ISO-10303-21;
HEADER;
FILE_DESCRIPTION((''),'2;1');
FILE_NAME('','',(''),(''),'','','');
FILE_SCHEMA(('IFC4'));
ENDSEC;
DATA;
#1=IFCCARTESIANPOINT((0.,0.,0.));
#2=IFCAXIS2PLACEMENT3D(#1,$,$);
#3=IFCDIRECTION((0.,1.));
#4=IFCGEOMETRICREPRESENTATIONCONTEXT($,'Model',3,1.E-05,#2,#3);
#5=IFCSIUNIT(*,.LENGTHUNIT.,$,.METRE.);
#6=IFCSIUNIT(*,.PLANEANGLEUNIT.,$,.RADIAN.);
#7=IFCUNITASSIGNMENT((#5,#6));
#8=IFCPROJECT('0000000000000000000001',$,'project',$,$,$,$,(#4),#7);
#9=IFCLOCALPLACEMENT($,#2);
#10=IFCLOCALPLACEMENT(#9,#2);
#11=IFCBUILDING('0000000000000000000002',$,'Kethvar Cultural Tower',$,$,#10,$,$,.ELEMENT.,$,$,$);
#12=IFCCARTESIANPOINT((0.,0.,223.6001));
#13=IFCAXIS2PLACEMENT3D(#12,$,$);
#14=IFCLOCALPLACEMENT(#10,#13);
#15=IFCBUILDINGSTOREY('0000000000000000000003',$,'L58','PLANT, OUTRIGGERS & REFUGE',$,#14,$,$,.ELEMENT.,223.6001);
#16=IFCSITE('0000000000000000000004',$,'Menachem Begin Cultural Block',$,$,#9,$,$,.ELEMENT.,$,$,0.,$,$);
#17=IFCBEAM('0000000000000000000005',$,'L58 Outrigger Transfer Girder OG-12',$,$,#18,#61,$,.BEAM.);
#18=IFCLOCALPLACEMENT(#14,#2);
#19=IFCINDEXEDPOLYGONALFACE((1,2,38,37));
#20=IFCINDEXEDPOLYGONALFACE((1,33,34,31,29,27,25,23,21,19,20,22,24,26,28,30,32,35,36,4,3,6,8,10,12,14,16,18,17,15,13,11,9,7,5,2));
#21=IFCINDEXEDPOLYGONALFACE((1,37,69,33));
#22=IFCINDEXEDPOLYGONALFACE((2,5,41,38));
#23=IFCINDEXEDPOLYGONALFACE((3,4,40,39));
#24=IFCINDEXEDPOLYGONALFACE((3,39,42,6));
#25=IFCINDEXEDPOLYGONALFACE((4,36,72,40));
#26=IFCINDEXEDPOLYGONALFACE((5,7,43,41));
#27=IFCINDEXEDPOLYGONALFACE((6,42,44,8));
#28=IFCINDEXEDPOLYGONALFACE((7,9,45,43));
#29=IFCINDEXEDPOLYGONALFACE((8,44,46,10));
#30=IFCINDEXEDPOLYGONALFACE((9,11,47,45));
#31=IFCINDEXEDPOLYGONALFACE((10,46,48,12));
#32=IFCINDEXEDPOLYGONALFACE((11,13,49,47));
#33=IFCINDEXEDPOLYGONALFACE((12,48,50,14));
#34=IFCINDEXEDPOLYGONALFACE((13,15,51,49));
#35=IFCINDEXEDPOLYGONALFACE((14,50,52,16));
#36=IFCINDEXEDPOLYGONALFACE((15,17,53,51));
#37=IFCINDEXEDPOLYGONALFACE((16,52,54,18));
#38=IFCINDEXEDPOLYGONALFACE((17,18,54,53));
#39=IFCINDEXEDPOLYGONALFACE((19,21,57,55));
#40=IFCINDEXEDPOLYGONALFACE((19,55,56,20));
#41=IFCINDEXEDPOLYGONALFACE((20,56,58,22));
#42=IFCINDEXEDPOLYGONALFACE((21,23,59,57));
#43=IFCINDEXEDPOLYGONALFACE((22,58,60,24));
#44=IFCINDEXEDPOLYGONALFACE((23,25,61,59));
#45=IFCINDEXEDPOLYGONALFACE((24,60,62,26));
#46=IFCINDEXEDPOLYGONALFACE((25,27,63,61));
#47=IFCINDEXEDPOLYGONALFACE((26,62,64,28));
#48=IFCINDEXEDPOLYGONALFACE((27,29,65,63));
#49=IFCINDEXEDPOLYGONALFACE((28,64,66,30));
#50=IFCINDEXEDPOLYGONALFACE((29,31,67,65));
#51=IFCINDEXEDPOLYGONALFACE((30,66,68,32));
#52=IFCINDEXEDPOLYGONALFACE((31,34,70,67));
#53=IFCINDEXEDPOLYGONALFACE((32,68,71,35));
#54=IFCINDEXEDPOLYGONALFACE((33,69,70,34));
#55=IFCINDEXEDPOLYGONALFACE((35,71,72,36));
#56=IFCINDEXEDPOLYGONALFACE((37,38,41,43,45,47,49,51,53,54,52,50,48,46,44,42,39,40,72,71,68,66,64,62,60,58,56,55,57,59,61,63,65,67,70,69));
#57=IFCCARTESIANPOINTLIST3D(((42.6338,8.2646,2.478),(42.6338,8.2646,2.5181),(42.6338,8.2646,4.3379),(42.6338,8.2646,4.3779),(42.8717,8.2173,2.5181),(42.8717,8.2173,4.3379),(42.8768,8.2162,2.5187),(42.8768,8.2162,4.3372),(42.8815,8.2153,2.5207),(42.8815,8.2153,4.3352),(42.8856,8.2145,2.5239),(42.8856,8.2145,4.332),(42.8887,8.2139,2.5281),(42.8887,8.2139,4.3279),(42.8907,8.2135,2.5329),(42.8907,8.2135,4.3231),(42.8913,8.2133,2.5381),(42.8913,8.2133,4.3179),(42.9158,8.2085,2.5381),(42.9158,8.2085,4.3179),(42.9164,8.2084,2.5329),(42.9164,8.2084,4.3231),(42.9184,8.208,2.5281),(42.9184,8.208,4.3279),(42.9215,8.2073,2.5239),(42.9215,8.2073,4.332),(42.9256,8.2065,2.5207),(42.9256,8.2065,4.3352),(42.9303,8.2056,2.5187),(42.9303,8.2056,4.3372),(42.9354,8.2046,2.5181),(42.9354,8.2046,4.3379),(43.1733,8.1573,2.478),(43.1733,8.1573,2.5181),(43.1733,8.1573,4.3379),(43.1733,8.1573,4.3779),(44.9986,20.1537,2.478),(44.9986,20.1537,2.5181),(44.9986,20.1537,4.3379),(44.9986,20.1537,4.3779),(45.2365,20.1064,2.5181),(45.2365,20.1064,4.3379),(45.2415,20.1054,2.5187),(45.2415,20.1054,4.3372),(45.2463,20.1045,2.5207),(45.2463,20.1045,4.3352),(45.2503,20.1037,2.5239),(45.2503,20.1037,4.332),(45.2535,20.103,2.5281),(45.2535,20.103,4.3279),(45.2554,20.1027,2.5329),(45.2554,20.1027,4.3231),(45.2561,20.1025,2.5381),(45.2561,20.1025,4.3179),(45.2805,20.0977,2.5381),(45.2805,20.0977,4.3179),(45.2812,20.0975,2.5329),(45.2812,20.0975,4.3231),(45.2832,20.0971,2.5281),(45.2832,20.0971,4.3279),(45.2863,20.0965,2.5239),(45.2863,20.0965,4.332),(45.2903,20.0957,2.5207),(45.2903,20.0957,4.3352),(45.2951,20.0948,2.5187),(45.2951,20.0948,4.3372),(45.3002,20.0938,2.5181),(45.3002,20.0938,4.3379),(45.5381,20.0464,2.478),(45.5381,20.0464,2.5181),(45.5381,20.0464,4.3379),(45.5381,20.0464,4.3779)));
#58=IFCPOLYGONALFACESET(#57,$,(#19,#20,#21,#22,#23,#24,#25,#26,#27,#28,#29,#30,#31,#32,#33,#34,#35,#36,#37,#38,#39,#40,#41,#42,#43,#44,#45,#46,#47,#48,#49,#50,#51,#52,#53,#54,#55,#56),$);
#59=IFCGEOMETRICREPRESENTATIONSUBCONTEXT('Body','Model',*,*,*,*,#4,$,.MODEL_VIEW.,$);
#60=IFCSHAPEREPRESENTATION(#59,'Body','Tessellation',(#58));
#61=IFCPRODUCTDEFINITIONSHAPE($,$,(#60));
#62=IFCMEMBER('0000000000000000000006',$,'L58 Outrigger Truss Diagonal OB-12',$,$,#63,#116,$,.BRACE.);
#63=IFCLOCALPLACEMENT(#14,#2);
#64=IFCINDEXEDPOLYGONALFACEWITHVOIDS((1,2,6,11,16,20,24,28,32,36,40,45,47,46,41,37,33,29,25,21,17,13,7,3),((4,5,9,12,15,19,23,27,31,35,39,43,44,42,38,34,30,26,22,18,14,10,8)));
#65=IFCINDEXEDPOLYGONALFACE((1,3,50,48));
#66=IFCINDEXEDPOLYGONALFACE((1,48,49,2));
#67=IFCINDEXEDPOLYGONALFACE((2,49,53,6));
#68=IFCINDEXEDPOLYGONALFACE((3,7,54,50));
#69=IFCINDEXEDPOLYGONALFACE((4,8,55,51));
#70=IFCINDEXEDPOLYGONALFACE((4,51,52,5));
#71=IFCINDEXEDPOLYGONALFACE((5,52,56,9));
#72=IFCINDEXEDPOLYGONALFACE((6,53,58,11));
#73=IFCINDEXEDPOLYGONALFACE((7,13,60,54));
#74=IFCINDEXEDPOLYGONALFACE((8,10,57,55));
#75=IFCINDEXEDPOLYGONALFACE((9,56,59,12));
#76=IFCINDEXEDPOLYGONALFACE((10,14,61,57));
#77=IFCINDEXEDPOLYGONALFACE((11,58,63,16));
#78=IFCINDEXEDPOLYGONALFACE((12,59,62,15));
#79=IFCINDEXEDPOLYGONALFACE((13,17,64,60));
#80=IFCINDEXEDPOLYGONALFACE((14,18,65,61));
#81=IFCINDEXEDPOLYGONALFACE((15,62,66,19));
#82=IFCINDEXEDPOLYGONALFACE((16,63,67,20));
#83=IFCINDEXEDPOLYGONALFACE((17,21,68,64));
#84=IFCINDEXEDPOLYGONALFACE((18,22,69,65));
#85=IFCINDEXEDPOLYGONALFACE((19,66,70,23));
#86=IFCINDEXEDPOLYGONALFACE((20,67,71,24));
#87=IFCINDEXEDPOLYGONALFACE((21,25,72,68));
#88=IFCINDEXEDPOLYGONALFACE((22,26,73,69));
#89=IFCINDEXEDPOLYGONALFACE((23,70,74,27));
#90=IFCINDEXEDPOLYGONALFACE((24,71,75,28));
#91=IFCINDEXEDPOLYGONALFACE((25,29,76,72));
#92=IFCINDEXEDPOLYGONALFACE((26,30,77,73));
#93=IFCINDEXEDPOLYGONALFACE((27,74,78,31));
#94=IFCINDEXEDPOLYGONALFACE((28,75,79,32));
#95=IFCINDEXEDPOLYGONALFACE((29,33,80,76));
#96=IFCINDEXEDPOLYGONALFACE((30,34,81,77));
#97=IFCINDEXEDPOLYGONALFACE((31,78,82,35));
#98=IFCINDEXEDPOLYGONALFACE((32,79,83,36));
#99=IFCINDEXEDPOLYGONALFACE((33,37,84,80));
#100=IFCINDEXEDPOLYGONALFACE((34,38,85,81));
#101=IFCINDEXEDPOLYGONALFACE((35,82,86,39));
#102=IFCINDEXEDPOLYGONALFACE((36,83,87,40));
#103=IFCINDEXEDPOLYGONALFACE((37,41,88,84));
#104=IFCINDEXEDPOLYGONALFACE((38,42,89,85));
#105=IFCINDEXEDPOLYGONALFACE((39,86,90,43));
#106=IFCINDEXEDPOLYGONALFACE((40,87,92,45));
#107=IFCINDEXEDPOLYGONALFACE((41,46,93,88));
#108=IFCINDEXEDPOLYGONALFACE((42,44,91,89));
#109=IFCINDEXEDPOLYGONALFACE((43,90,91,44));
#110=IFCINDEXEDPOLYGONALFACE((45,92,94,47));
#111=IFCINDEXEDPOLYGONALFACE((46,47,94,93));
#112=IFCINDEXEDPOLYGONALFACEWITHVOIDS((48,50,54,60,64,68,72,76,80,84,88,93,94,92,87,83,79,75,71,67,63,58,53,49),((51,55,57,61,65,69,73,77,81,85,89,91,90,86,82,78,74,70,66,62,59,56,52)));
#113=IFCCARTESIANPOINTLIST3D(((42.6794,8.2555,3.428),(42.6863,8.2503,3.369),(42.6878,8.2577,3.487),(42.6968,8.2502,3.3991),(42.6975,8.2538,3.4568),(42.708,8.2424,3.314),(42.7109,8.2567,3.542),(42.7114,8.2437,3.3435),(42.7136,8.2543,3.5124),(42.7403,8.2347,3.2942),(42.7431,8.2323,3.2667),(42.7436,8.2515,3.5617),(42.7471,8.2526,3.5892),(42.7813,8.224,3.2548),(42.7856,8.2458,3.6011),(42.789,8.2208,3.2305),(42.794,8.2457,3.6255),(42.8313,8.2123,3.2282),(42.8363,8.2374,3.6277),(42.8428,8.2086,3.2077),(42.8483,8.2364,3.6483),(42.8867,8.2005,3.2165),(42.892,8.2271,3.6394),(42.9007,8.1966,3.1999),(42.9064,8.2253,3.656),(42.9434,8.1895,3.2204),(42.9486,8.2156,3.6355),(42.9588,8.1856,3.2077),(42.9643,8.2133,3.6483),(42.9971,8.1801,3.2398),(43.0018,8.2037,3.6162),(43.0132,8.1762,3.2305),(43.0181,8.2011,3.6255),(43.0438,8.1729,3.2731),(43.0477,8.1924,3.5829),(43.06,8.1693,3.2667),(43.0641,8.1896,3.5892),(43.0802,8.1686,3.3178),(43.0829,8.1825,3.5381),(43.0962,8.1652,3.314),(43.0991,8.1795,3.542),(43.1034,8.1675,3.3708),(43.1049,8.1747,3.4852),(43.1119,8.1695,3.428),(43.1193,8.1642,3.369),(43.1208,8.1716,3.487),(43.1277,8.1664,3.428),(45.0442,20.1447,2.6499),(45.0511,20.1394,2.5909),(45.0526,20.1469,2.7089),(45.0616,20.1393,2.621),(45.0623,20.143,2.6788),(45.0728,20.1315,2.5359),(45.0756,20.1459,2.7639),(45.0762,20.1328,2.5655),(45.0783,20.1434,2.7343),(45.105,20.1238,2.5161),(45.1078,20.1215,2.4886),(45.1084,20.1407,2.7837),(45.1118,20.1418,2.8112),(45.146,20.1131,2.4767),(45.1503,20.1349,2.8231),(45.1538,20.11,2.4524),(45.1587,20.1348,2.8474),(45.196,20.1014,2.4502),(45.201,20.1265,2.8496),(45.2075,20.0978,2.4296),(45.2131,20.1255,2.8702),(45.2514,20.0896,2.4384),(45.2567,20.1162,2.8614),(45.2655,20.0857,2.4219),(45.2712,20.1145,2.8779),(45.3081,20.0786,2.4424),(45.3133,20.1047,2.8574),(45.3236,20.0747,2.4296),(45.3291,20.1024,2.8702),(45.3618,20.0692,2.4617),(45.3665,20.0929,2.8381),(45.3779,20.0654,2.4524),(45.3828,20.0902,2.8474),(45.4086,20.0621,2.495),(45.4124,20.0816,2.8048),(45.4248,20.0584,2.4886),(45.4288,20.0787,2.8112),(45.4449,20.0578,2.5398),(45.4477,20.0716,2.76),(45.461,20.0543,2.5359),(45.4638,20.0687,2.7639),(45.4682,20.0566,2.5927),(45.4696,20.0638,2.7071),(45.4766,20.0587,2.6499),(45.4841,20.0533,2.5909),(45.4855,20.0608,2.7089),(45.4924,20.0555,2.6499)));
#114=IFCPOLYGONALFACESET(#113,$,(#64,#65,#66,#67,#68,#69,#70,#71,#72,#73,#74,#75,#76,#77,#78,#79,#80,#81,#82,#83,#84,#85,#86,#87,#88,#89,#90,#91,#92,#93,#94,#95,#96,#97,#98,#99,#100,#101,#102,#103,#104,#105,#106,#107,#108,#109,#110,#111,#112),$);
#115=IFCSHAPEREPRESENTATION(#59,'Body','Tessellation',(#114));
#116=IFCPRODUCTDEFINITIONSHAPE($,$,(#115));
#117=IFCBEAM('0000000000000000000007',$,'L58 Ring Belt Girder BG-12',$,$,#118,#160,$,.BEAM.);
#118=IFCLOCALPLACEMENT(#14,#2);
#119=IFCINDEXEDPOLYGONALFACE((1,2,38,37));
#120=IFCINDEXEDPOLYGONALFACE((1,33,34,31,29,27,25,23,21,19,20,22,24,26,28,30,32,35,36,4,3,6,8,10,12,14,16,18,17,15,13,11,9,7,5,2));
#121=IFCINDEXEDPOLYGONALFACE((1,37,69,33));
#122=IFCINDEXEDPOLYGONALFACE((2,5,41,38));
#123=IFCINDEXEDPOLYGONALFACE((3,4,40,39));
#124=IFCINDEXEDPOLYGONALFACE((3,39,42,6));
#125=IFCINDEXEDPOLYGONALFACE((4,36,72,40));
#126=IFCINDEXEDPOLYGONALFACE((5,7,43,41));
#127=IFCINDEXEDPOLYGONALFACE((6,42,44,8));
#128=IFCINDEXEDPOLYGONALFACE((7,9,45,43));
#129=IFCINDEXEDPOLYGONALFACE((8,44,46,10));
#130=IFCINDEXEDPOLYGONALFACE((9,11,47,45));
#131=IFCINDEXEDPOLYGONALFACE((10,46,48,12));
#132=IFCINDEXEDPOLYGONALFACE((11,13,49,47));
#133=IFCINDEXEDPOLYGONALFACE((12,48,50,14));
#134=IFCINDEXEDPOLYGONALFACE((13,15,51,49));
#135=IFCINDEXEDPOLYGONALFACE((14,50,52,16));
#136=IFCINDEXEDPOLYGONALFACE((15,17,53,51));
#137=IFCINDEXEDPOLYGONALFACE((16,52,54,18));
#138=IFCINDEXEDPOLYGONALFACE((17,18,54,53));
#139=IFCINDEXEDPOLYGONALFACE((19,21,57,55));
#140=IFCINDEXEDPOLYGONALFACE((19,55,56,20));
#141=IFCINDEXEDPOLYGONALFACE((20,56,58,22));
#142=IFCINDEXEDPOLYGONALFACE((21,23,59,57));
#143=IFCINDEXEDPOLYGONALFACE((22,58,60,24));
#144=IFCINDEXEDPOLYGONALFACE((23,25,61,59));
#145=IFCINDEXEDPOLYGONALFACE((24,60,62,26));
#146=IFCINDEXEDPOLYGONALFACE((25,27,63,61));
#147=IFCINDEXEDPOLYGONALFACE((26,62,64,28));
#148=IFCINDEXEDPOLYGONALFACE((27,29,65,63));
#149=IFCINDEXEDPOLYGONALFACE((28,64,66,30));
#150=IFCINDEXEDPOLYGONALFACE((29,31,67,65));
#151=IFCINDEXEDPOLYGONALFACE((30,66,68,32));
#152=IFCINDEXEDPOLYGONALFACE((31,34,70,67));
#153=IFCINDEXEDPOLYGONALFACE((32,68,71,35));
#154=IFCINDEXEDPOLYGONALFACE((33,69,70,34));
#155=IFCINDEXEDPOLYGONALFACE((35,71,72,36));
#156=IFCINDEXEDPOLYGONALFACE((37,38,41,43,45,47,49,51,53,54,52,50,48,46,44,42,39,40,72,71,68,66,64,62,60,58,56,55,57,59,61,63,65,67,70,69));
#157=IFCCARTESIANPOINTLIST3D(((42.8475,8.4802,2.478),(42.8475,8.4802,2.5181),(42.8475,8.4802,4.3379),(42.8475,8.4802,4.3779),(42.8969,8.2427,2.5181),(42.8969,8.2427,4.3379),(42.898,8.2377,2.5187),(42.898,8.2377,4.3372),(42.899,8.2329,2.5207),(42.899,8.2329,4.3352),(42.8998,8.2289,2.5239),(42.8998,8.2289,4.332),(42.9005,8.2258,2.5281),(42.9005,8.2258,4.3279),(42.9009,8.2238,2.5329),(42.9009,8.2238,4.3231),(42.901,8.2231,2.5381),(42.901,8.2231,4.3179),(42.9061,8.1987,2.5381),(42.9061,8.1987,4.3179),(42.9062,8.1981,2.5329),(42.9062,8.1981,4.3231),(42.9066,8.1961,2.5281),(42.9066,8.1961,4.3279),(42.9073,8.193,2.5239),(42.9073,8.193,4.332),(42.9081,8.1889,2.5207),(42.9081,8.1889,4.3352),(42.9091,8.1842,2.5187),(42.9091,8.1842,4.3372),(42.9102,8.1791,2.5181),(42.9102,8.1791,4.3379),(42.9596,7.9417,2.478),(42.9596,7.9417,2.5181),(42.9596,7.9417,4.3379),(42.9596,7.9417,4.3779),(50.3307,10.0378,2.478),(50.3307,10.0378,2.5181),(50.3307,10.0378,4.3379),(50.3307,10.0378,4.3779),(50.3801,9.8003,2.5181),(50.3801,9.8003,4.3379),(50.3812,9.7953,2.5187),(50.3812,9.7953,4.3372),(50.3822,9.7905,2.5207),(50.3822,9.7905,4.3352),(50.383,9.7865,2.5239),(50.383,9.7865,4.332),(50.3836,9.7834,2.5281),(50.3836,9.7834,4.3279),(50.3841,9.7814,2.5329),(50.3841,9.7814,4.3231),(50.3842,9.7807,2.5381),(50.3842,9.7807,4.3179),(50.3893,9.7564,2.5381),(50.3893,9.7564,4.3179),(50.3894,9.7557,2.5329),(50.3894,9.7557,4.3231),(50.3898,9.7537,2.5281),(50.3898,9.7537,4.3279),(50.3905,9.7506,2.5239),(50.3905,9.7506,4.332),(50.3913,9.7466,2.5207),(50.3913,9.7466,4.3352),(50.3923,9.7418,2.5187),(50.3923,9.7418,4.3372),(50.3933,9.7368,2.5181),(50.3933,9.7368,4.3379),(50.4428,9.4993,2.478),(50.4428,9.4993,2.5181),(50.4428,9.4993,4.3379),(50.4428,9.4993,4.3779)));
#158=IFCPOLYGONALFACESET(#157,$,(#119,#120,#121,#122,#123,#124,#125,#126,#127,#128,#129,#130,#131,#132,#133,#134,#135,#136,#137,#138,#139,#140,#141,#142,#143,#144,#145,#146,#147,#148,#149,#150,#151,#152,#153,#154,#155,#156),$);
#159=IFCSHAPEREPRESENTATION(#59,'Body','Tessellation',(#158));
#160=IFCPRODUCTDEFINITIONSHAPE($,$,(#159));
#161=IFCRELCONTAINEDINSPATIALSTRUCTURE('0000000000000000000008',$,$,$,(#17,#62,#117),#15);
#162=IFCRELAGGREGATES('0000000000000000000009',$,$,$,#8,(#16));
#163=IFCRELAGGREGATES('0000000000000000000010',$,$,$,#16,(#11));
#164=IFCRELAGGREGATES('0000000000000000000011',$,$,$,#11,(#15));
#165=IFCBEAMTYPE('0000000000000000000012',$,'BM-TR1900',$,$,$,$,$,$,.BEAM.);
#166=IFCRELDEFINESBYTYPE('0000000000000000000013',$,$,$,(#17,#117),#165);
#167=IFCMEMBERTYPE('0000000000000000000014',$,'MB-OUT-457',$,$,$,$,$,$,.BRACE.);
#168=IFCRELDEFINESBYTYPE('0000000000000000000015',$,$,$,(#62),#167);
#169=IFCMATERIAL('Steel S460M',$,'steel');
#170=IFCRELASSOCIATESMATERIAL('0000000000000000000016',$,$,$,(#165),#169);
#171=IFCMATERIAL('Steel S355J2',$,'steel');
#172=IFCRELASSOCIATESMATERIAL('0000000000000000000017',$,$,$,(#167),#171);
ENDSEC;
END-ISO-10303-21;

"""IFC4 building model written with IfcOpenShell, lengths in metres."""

from ifc_helpers import new_model, si_unit, direction, frame, origin, origin_2d, place, context, subcontext, project, spatial, hollow_circle, i_section, extrude, source, transform, mapped, material, material_profile, profile_set, type_object, element, save


model = new_model("IFC4")

# Units and contexts
model_context = context("Model", 3, precision=1e-05, world=origin(), true_north=direction((0.0, 1.0)))
body_context = subcontext(model_context, "Body", "Model", "MODEL_VIEW")
ifc_project = project(units=[si_unit("LENGTHUNIT", "METRE"), si_unit("PLANEANGLEUNIT", "RADIAN")], contexts=[model_context])

# Site, building, storey
site_placement = place(None, origin())
site = spatial("IfcSite", under=ifc_project, at=site_placement, Name="Menachem Begin Cultural Block", CompositionType="ELEMENT", RefElevation=0.0)
building_placement = place(site_placement, origin())
building = spatial("IfcBuilding", under=site, at=building_placement, Name="Kethvar Cultural Tower", CompositionType="ELEMENT")
storey_placement = place(building_placement, frame((0.0, 0.0, 223.6001)))
storey = spatial("IfcBuildingStorey", under=building, at=storey_placement, Name="L58", Description="PLANT, OUTRIGGERS & REFUGE", CompositionType="ELEMENT", Elevation=223.6001)

# Shared definitions
ifc_material_1 = material(Name="Steel S460M", Category="steel")

# Shared definitions
ifc_material_profile_1 = material_profile(ifc_material_1, i_section(OverallWidth=0.55, OverallDepth=1.8999, WebThickness=0.0249, FlangeThickness=0.04, FilletRadius=0.02, at=origin_2d()), Name="Steel S460M — PG1900x550x40x25")
ifc_profile_set_1 = profile_set([ifc_material_profile_1], Name="Steel S460M — PG1900x550x40x25")
beam_type = type_object("IfcBeamType", Name="BM-TR1900", PredefinedType="BEAM", material=ifc_profile_set_1)

# Shared definitions
ifc_material_2 = material(Name="Steel S355J2", Category="steel")
ifc_material_profile_2 = material_profile(ifc_material_2, hollow_circle(Radius=0.2285, WallThickness=0.0161, at=origin_2d()), Name="Steel S355J2 — CHS457x16")
ifc_profile_set_2 = profile_set([ifc_material_profile_2], Name="Steel S355J2 — CHS457x16")
member_type_1 = type_object("IfcMemberType", Name="MB-OUT-457", PredefinedType="BRACE", material=ifc_profile_set_2)

# Beam
shared_shape_1 = source(origin(), body_context, "Body", "SweptSolid", [
    extrude(i_section(OverallWidth=0.55, OverallDepth=1.8999, WebThickness=0.0249, FlangeThickness=0.04, FilletRadius=0.02, at=origin_2d()), origin(), (0.0, 0.0, 1.0), 12.1221),
])
beam_1_placement = place(storey_placement, frame((45.2683, 20.1001, 3.428), z_axis=(-0.195078, -0.980788, 0.0), x_axis=(0.980788, -0.195078, 0.0)))
element("IfcBeam", 1, at=beam_1_placement, inside=storey, type_object=beam_type, Name="L58 Outrigger Transfer Girder OG-12", PredefinedType="BEAM", context=body_context, shape_type="MappedRepresentation", body=[
    mapped(shared_shape_1, transform((0.0, 0.0, 0.0), scale=1.0)),
])

# Member
shared_shape_2 = source(origin(), body_context, "Body", "SweptSolid", [
    extrude(hollow_circle(Radius=0.2285, WallThickness=0.0161, at=origin_2d()), origin(), (0.0, 0.0, 1.0), 12.147),
])
member_1_placement = place(storey_placement, frame((45.2683, 20.1001, 2.6499), z_axis=(-0.194677, -0.978774, 0.064055), x_axis=(0.980788, -0.195078, 0.0)))
element("IfcMember", 2, at=member_1_placement, inside=storey, type_object=member_type_1, Name="L58 Outrigger Truss Diagonal OB-12", PredefinedType="BRACE", context=body_context, shape_type="MappedRepresentation", body=[
    mapped(shared_shape_2, transform((0.0, 0.0, 0.0), scale=1.0)),
])

# Beam
shared_shape_3 = source(origin(), body_context, "Body", "SweptSolid", [
    extrude(i_section(OverallWidth=0.55, OverallDepth=1.8999, WebThickness=0.0249, FlangeThickness=0.04, FilletRadius=0.02, at=origin_2d()), origin(), (0.0, 0.0, 1.0), 7.6436),
])
beam_2_placement = place(storey_placement, frame((42.9036, 8.2109, 3.428), z_axis=(0.979016, 0.203782, 0.0), x_axis=(-0.203782, 0.979016, 0.0)))
element("IfcBeam", 3, at=beam_2_placement, inside=storey, type_object=beam_type, Name="L58 Ring Belt Girder BG-12", PredefinedType="BEAM", context=body_context, shape_type="MappedRepresentation", body=[
    mapped(shared_shape_3, transform((0.0, 0.0, 0.0), scale=1.0)),
])

save(model, "model.ifc")
